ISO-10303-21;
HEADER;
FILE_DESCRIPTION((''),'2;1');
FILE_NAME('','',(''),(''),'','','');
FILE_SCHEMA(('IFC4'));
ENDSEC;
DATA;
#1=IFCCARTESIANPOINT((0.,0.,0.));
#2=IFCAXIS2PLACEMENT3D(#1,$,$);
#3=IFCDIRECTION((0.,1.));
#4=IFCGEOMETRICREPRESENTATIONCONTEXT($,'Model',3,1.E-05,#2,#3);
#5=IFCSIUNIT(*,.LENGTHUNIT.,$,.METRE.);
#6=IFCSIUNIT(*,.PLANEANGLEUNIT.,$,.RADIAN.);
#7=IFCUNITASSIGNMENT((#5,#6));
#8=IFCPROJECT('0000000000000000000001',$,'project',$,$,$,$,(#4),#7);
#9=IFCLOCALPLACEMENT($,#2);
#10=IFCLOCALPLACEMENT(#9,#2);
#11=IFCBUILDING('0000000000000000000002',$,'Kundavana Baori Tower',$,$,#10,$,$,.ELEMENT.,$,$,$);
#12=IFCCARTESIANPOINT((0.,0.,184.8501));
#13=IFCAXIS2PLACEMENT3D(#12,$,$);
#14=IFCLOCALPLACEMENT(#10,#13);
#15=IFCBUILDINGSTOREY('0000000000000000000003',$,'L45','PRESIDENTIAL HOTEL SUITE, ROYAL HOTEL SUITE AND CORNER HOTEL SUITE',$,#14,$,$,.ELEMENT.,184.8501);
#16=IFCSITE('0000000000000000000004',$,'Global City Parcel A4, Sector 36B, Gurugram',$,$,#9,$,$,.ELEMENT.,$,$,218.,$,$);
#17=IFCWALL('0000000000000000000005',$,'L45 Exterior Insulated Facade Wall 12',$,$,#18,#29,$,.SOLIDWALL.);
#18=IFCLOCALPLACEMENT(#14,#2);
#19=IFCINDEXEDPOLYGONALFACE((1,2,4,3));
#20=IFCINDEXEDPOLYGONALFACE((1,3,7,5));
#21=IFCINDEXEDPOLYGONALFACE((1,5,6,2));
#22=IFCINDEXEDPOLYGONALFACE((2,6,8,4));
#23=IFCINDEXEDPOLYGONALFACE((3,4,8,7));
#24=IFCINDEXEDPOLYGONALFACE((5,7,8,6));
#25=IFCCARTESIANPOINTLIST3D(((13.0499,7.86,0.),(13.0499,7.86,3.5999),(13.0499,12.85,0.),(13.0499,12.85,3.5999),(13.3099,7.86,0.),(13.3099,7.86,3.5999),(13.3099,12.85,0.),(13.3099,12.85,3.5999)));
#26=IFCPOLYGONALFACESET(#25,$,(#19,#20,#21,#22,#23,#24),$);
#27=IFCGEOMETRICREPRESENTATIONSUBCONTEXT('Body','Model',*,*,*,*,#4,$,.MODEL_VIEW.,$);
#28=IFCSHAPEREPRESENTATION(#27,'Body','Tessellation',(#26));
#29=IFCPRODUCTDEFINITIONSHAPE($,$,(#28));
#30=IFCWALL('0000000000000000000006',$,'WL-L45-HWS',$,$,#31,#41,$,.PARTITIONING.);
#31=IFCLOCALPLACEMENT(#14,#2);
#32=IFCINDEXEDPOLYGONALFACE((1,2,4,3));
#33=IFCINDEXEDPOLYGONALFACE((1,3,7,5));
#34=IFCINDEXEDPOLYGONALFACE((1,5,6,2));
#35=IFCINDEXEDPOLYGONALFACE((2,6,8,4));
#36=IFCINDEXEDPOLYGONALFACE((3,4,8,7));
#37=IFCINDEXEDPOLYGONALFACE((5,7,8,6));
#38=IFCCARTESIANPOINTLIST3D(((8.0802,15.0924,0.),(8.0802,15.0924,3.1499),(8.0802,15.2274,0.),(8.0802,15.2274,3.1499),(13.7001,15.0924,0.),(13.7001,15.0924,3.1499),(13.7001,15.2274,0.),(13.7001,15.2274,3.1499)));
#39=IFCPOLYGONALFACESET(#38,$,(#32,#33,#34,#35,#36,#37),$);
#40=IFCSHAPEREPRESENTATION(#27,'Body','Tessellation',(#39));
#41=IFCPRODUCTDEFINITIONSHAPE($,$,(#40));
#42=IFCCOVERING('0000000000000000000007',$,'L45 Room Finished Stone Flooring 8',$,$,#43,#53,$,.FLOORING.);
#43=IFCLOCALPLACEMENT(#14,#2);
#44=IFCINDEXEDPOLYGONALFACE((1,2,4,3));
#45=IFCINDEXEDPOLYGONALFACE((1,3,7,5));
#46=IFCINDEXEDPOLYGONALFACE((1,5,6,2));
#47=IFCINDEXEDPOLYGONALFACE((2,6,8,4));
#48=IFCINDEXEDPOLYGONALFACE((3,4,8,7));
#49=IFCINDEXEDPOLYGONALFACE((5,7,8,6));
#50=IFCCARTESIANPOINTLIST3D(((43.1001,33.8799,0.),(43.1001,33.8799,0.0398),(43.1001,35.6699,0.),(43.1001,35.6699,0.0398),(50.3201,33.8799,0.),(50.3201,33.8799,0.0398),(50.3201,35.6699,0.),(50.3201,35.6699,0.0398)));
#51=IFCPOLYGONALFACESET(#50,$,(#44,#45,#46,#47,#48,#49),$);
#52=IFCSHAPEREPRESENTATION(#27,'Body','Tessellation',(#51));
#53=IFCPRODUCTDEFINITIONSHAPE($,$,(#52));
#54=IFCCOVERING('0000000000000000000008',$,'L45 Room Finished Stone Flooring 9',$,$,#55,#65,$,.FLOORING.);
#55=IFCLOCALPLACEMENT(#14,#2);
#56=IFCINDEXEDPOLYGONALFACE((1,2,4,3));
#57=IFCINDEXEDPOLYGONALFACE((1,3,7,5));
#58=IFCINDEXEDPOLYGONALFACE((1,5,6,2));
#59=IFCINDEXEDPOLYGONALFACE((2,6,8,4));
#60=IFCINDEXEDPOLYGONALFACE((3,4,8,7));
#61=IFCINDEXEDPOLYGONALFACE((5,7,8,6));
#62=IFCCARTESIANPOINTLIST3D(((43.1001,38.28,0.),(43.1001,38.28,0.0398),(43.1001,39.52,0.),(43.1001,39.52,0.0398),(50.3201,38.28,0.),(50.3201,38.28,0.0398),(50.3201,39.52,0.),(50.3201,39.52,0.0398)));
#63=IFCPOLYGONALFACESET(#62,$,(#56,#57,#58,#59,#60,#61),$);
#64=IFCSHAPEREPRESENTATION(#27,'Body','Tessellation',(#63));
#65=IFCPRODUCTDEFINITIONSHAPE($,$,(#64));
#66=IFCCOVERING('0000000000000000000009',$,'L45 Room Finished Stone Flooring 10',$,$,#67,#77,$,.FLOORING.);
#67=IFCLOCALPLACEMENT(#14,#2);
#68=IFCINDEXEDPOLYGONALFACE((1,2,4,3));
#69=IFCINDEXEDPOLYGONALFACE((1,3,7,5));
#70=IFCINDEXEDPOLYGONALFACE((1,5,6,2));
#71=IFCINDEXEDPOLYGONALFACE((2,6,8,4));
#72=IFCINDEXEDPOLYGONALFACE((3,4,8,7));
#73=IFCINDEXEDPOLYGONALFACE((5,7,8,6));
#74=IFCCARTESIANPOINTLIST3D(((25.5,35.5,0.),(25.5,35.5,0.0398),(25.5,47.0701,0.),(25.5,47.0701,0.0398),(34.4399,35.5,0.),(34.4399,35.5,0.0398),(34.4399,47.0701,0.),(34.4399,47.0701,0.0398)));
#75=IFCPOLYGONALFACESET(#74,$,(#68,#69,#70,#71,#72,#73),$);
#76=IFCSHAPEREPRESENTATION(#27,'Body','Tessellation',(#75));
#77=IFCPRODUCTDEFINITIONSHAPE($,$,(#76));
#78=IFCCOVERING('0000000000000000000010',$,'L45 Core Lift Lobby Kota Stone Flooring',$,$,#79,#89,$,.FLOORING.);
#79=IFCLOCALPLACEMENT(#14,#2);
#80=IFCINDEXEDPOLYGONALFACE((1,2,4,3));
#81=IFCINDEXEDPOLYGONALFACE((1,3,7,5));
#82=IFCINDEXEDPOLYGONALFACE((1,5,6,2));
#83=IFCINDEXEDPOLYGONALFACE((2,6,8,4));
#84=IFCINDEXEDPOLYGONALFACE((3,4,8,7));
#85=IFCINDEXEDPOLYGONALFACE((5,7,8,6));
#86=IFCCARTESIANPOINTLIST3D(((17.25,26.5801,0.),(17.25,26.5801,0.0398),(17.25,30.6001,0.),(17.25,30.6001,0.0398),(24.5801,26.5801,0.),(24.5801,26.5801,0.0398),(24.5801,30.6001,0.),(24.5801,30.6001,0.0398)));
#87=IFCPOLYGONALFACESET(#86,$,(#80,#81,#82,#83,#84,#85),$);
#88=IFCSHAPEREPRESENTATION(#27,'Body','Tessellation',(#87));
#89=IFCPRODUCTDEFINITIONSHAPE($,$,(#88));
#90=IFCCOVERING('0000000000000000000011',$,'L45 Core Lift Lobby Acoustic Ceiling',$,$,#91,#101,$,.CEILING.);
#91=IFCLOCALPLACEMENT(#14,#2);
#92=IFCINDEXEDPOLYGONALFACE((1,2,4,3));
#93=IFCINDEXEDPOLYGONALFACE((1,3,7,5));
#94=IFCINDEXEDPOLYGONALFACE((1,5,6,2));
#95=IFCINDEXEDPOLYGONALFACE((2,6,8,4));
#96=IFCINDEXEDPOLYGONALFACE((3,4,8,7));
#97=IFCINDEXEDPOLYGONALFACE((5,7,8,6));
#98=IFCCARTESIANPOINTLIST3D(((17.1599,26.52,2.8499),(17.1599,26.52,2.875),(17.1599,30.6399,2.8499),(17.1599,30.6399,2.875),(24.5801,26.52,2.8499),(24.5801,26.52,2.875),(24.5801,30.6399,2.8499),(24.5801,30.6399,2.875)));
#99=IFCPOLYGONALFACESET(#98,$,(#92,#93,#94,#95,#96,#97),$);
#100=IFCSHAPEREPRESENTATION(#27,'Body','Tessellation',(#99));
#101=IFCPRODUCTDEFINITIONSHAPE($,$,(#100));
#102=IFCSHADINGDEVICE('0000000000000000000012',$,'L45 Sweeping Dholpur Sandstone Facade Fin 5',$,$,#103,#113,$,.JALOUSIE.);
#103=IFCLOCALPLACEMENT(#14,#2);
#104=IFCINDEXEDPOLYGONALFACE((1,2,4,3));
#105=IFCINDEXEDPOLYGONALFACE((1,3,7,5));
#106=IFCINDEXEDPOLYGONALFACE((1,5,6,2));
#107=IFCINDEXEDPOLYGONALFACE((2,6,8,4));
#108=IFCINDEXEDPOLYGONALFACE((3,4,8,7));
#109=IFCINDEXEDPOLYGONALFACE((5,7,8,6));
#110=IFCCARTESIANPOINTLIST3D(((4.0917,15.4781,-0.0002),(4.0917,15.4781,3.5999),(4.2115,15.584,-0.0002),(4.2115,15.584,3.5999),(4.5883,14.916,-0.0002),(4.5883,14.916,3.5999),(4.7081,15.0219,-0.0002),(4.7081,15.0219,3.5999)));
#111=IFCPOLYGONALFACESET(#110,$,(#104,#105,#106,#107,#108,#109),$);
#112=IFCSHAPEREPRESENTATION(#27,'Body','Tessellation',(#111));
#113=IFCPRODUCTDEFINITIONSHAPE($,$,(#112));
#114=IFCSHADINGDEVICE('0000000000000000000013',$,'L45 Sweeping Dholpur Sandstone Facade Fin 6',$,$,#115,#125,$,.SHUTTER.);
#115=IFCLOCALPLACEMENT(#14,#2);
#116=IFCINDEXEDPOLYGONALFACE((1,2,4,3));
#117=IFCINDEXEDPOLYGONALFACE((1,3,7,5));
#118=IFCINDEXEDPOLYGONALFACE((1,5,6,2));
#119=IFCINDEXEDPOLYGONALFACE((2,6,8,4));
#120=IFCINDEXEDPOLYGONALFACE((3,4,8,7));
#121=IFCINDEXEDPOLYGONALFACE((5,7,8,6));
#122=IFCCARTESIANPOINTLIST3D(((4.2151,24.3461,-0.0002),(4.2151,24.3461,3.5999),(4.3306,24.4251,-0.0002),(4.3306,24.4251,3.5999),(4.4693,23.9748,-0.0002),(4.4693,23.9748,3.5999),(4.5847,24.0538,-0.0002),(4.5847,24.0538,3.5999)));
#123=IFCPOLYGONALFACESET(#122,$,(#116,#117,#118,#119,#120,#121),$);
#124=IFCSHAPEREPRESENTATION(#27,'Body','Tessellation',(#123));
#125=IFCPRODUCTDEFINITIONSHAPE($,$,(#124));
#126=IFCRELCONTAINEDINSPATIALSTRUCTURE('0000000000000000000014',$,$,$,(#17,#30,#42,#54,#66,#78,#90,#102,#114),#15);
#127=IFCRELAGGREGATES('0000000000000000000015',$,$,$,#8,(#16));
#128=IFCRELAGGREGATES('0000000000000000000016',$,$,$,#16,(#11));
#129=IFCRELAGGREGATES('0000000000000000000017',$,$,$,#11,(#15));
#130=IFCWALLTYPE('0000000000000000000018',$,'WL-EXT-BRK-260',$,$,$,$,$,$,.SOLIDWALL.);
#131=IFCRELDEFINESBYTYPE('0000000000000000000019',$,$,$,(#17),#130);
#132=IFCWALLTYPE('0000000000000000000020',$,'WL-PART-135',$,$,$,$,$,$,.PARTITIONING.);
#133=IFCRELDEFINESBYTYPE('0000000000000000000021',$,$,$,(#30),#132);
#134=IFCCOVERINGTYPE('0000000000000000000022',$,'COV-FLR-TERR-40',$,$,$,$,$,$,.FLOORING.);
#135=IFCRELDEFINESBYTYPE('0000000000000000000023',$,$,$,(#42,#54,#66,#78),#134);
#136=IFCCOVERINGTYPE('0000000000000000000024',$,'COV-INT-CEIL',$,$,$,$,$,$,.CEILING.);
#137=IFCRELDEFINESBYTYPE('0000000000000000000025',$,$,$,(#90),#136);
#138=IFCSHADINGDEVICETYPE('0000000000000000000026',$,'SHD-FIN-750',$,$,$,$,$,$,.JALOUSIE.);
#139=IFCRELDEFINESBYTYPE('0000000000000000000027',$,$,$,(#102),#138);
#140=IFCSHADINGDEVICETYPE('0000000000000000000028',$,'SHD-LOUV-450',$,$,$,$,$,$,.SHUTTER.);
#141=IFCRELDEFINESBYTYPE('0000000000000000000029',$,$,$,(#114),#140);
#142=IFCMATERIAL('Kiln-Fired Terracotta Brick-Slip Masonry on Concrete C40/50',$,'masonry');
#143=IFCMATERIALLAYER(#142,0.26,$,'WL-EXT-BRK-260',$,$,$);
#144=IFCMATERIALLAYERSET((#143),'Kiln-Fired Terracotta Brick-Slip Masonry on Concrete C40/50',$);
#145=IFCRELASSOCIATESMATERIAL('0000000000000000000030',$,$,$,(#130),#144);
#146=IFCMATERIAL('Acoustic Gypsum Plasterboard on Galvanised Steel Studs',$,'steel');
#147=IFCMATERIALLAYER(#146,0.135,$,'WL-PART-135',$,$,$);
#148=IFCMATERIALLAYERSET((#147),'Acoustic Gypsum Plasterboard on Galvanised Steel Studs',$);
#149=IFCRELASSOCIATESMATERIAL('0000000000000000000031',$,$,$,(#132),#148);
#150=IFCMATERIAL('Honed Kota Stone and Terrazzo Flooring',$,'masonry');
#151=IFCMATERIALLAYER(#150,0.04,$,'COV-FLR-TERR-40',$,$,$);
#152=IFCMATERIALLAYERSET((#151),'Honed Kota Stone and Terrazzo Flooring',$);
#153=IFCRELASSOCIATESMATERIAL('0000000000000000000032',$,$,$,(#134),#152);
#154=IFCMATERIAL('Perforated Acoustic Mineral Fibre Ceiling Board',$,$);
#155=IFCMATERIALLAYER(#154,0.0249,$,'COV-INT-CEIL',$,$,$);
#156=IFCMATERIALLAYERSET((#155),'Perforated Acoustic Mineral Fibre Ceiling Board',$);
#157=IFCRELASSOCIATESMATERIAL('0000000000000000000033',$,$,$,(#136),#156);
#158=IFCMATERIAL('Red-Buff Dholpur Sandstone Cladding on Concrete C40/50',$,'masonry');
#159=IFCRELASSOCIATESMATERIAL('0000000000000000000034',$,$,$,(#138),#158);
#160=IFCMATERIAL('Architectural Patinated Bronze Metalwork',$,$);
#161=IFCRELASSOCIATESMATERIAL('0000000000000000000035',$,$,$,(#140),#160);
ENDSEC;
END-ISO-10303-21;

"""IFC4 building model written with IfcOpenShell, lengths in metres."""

from ifc_helpers import new_model, si_unit, direction, frame, frame_2d, origin, origin_2d, place, context, subcontext, project, spatial, polyline, rectangle, outline, extrude, material, layer, layer_set, type_object, element, save


model = new_model("IFC4")

# Units and contexts
model_context = context("Model", 3, precision=1e-05, world=origin(), true_north=direction((0.0, 1.0)))
body_context = subcontext(model_context, "Body", "Model", "MODEL_VIEW")
ifc_project = project(units=[si_unit("LENGTHUNIT", "METRE"), si_unit("PLANEANGLEUNIT", "RADIAN")], contexts=[model_context])

# Site, building, storey
site_placement = place(None, origin())
site = spatial("IfcSite", under=ifc_project, at=site_placement, Name="Global City Parcel A4, Sector 36B, Gurugram", CompositionType="ELEMENT", RefElevation=218.0)
building_placement = place(site_placement, origin())
building = spatial("IfcBuilding", under=site, at=building_placement, Name="Kundavana Baori Tower", CompositionType="ELEMENT")
storey_placement = place(building_placement, frame((0.0, 0.0, 184.8501)))
storey = spatial("IfcBuildingStorey", under=building, at=storey_placement, Name="L45", Description="PRESIDENTIAL HOTEL SUITE, ROYAL HOTEL SUITE AND CORNER HOTEL SUITE", CompositionType="ELEMENT", Elevation=184.8501)

# Shared definitions
ifc_material_1 = material(Name="Kiln-Fired Terracotta Brick-Slip Masonry on Concrete C40/50", Category="masonry")
ifc_layer_1 = layer(ifc_material_1, 0.26, Name="WL-EXT-BRK-260")
ifc_layer_set_1 = layer_set([ifc_layer_1], Name="Kiln-Fired Terracotta Brick-Slip Masonry on Concrete C40/50")
wall_type_1 = type_object("IfcWallType", Name="WL-EXT-BRK-260", PredefinedType="SOLIDWALL", material=ifc_layer_set_1)

# Walls
wall_1_placement = place(storey_placement, frame((13.1799, 12.8501, 0.0), z_axis=(0.0, 0.0, 1.0), x_axis=(0.0, -1.0, 0.0)))
element("IfcWall", 1, at=wall_1_placement, inside=storey, type_object=wall_type_1, Name="L45 Exterior Insulated Facade Wall 12", PredefinedType="SOLIDWALL", context=body_context, shape_type="SweptSolid", body=[
    extrude(rectangle(XDim=4.99, YDim=0.26, at=frame_2d((2.4951, 0.0))), origin(), (0.0, 0.0, 1.0), 3.5999),
])
ifc_material_2 = material(Name="Acoustic Gypsum Plasterboard on Galvanised Steel Studs", Category="steel")
ifc_layer_2 = layer(ifc_material_2, 0.135, Name="WL-PART-135")
ifc_layer_set_2 = layer_set([ifc_layer_2], Name="Acoustic Gypsum Plasterboard on Galvanised Steel Studs")
wall_type_2 = type_object("IfcWallType", Name="WL-PART-135", PredefinedType="PARTITIONING", material=ifc_layer_set_2)
wall_2_placement = place(storey_placement, frame((8.0801, 15.1599, 0.0), z_axis=(0.0, 0.0, 1.0), x_axis=(1.0, 0.0, 0.0)))
element("IfcWall", 2, at=wall_2_placement, inside=storey, type_object=wall_type_2, Name="WL-L45-HWS", PredefinedType="PARTITIONING", context=body_context, shape_type="SweptSolid", body=[
    extrude(rectangle(XDim=5.6199, YDim=0.135, at=frame_2d((2.8101, 0.0))), origin(), (0.0, 0.0, 1.0), 3.1499),
])

# Coverings
ifc_material_3 = material(Name="Honed Kota Stone and Terrazzo Flooring", Category="masonry")
ifc_layer_3 = layer(ifc_material_3, 0.04, Name="COV-FLR-TERR-40")
ifc_layer_set_3 = layer_set([ifc_layer_3], Name="Honed Kota Stone and Terrazzo Flooring")
covering_type_1 = type_object("IfcCoveringType", Name="COV-FLR-TERR-40", PredefinedType="FLOORING", material=ifc_layer_set_3)
covering_1_placement = place(storey_placement, origin())
element("IfcCovering", 3, at=covering_1_placement, inside=storey, type_object=covering_type_1, Name="L45 Room Finished Stone Flooring 8", PredefinedType="FLOORING", context=body_context, shape_type="SweptSolid", body=[
    extrude(outline(polyline([(43.1001, 33.8799), (50.3201, 33.8799), (50.3201, 35.6699), (43.1001, 35.6699), (43.1001, 33.8799)])), origin(), (0.0, 0.0, 1.0), 0.0398),
])
covering_2_placement = place(storey_placement, origin())
element("IfcCovering", 4, at=covering_2_placement, inside=storey, type_object=covering_type_1, Name="L45 Room Finished Stone Flooring 9", PredefinedType="FLOORING", context=body_context, shape_type="SweptSolid", body=[
    extrude(outline(polyline([(43.1001, 38.28), (50.3201, 38.28), (50.3201, 39.52), (43.1001, 39.52), (43.1001, 38.28)])), origin(), (0.0, 0.0, 1.0), 0.0398),
])
covering_3_placement = place(storey_placement, origin())
element("IfcCovering", 5, at=covering_3_placement, inside=storey, type_object=covering_type_1, Name="L45 Room Finished Stone Flooring 10", PredefinedType="FLOORING", context=body_context, shape_type="SweptSolid", body=[
    extrude(outline(polyline([(25.5, 35.5), (34.4399, 35.5), (34.4399, 47.0701), (25.5, 47.0701), (25.5, 35.5)])), origin(), (0.0, 0.0, 1.0), 0.0398),
])
covering_4_placement = place(storey_placement, origin())
element("IfcCovering", 6, at=covering_4_placement, inside=storey, type_object=covering_type_1, Name="L45 Core Lift Lobby Kota Stone Flooring", PredefinedType="FLOORING", context=body_context, shape_type="SweptSolid", body=[
    extrude(outline(polyline([(17.25, 26.5801), (24.5801, 26.5801), (24.5801, 30.6001), (17.25, 30.6001), (17.25, 26.5801)])), origin(), (0.0, 0.0, 1.0), 0.0398),
])
ifc_material_4 = material(Name="Perforated Acoustic Mineral Fibre Ceiling Board")
ifc_layer_4 = layer(ifc_material_4, 0.0249, Name="COV-INT-CEIL")
ifc_layer_set_4 = layer_set([ifc_layer_4], Name="Perforated Acoustic Mineral Fibre Ceiling Board")
covering_type_2 = type_object("IfcCoveringType", Name="COV-INT-CEIL", PredefinedType="CEILING", material=ifc_layer_set_4)
covering_5_placement = place(storey_placement, frame((0.0, 0.0, 2.8499)))
element("IfcCovering", 7, at=covering_5_placement, inside=storey, type_object=covering_type_2, Name="L45 Core Lift Lobby Acoustic Ceiling", PredefinedType="CEILING", context=body_context, shape_type="SweptSolid", body=[
    extrude(outline(polyline([(17.1599, 26.52), (24.5801, 26.52), (24.5801, 30.6399), (17.1599, 30.6399), (17.1599, 26.52)])), origin(), (0.0, 0.0, 1.0), 0.0251),
])

# Shading devices
ifc_material_5 = material(Name="Red-Buff Dholpur Sandstone Cladding on Concrete C40/50", Category="masonry")
shading_device_type_1 = type_object("IfcShadingDeviceType", Name="SHD-FIN-750", PredefinedType="JALOUSIE", material=ifc_material_5)
shading_device_1_placement = place(storey_placement, frame((4.3999, 15.25, -0.0002), z_axis=(0.0, 0.0, 1.0), x_axis=(0.749418, 0.662097, 0.0)))
element("IfcShadingDevice", 8, at=shading_device_1_placement, inside=storey, type_object=shading_device_type_1, Name="L45 Sweeping Dholpur Sandstone Facade Fin 5", PredefinedType="JALOUSIE", context=body_context, shape_type="SweptSolid", body=[
    extrude(rectangle(XDim=0.1599, YDim=0.75, at=origin_2d()), origin(), (0.0, 0.0, 1.0), 3.6001),
])
ifc_material_6 = material(Name="Architectural Patinated Bronze Metalwork")
shading_device_type_2 = type_object("IfcShadingDeviceType", Name="SHD-LOUV-450", PredefinedType="SHUTTER", material=ifc_material_6)
shading_device_2_placement = place(storey_placement, frame((4.3999, 24.2, -0.0002), z_axis=(0.0, 0.0, 1.0), x_axis=(0.825212, 0.564823, 0.0)))
element("IfcShadingDevice", 9, at=shading_device_2_placement, inside=storey, type_object=shading_device_type_2, Name="L45 Sweeping Dholpur Sandstone Facade Fin 6", PredefinedType="SHUTTER", context=body_context, shape_type="SweptSolid", body=[
    extrude(rectangle(XDim=0.1399, YDim=0.45, at=origin_2d()), origin(), (0.0, 0.0, 1.0), 3.6001),
])

save(model, "model.ifc")
